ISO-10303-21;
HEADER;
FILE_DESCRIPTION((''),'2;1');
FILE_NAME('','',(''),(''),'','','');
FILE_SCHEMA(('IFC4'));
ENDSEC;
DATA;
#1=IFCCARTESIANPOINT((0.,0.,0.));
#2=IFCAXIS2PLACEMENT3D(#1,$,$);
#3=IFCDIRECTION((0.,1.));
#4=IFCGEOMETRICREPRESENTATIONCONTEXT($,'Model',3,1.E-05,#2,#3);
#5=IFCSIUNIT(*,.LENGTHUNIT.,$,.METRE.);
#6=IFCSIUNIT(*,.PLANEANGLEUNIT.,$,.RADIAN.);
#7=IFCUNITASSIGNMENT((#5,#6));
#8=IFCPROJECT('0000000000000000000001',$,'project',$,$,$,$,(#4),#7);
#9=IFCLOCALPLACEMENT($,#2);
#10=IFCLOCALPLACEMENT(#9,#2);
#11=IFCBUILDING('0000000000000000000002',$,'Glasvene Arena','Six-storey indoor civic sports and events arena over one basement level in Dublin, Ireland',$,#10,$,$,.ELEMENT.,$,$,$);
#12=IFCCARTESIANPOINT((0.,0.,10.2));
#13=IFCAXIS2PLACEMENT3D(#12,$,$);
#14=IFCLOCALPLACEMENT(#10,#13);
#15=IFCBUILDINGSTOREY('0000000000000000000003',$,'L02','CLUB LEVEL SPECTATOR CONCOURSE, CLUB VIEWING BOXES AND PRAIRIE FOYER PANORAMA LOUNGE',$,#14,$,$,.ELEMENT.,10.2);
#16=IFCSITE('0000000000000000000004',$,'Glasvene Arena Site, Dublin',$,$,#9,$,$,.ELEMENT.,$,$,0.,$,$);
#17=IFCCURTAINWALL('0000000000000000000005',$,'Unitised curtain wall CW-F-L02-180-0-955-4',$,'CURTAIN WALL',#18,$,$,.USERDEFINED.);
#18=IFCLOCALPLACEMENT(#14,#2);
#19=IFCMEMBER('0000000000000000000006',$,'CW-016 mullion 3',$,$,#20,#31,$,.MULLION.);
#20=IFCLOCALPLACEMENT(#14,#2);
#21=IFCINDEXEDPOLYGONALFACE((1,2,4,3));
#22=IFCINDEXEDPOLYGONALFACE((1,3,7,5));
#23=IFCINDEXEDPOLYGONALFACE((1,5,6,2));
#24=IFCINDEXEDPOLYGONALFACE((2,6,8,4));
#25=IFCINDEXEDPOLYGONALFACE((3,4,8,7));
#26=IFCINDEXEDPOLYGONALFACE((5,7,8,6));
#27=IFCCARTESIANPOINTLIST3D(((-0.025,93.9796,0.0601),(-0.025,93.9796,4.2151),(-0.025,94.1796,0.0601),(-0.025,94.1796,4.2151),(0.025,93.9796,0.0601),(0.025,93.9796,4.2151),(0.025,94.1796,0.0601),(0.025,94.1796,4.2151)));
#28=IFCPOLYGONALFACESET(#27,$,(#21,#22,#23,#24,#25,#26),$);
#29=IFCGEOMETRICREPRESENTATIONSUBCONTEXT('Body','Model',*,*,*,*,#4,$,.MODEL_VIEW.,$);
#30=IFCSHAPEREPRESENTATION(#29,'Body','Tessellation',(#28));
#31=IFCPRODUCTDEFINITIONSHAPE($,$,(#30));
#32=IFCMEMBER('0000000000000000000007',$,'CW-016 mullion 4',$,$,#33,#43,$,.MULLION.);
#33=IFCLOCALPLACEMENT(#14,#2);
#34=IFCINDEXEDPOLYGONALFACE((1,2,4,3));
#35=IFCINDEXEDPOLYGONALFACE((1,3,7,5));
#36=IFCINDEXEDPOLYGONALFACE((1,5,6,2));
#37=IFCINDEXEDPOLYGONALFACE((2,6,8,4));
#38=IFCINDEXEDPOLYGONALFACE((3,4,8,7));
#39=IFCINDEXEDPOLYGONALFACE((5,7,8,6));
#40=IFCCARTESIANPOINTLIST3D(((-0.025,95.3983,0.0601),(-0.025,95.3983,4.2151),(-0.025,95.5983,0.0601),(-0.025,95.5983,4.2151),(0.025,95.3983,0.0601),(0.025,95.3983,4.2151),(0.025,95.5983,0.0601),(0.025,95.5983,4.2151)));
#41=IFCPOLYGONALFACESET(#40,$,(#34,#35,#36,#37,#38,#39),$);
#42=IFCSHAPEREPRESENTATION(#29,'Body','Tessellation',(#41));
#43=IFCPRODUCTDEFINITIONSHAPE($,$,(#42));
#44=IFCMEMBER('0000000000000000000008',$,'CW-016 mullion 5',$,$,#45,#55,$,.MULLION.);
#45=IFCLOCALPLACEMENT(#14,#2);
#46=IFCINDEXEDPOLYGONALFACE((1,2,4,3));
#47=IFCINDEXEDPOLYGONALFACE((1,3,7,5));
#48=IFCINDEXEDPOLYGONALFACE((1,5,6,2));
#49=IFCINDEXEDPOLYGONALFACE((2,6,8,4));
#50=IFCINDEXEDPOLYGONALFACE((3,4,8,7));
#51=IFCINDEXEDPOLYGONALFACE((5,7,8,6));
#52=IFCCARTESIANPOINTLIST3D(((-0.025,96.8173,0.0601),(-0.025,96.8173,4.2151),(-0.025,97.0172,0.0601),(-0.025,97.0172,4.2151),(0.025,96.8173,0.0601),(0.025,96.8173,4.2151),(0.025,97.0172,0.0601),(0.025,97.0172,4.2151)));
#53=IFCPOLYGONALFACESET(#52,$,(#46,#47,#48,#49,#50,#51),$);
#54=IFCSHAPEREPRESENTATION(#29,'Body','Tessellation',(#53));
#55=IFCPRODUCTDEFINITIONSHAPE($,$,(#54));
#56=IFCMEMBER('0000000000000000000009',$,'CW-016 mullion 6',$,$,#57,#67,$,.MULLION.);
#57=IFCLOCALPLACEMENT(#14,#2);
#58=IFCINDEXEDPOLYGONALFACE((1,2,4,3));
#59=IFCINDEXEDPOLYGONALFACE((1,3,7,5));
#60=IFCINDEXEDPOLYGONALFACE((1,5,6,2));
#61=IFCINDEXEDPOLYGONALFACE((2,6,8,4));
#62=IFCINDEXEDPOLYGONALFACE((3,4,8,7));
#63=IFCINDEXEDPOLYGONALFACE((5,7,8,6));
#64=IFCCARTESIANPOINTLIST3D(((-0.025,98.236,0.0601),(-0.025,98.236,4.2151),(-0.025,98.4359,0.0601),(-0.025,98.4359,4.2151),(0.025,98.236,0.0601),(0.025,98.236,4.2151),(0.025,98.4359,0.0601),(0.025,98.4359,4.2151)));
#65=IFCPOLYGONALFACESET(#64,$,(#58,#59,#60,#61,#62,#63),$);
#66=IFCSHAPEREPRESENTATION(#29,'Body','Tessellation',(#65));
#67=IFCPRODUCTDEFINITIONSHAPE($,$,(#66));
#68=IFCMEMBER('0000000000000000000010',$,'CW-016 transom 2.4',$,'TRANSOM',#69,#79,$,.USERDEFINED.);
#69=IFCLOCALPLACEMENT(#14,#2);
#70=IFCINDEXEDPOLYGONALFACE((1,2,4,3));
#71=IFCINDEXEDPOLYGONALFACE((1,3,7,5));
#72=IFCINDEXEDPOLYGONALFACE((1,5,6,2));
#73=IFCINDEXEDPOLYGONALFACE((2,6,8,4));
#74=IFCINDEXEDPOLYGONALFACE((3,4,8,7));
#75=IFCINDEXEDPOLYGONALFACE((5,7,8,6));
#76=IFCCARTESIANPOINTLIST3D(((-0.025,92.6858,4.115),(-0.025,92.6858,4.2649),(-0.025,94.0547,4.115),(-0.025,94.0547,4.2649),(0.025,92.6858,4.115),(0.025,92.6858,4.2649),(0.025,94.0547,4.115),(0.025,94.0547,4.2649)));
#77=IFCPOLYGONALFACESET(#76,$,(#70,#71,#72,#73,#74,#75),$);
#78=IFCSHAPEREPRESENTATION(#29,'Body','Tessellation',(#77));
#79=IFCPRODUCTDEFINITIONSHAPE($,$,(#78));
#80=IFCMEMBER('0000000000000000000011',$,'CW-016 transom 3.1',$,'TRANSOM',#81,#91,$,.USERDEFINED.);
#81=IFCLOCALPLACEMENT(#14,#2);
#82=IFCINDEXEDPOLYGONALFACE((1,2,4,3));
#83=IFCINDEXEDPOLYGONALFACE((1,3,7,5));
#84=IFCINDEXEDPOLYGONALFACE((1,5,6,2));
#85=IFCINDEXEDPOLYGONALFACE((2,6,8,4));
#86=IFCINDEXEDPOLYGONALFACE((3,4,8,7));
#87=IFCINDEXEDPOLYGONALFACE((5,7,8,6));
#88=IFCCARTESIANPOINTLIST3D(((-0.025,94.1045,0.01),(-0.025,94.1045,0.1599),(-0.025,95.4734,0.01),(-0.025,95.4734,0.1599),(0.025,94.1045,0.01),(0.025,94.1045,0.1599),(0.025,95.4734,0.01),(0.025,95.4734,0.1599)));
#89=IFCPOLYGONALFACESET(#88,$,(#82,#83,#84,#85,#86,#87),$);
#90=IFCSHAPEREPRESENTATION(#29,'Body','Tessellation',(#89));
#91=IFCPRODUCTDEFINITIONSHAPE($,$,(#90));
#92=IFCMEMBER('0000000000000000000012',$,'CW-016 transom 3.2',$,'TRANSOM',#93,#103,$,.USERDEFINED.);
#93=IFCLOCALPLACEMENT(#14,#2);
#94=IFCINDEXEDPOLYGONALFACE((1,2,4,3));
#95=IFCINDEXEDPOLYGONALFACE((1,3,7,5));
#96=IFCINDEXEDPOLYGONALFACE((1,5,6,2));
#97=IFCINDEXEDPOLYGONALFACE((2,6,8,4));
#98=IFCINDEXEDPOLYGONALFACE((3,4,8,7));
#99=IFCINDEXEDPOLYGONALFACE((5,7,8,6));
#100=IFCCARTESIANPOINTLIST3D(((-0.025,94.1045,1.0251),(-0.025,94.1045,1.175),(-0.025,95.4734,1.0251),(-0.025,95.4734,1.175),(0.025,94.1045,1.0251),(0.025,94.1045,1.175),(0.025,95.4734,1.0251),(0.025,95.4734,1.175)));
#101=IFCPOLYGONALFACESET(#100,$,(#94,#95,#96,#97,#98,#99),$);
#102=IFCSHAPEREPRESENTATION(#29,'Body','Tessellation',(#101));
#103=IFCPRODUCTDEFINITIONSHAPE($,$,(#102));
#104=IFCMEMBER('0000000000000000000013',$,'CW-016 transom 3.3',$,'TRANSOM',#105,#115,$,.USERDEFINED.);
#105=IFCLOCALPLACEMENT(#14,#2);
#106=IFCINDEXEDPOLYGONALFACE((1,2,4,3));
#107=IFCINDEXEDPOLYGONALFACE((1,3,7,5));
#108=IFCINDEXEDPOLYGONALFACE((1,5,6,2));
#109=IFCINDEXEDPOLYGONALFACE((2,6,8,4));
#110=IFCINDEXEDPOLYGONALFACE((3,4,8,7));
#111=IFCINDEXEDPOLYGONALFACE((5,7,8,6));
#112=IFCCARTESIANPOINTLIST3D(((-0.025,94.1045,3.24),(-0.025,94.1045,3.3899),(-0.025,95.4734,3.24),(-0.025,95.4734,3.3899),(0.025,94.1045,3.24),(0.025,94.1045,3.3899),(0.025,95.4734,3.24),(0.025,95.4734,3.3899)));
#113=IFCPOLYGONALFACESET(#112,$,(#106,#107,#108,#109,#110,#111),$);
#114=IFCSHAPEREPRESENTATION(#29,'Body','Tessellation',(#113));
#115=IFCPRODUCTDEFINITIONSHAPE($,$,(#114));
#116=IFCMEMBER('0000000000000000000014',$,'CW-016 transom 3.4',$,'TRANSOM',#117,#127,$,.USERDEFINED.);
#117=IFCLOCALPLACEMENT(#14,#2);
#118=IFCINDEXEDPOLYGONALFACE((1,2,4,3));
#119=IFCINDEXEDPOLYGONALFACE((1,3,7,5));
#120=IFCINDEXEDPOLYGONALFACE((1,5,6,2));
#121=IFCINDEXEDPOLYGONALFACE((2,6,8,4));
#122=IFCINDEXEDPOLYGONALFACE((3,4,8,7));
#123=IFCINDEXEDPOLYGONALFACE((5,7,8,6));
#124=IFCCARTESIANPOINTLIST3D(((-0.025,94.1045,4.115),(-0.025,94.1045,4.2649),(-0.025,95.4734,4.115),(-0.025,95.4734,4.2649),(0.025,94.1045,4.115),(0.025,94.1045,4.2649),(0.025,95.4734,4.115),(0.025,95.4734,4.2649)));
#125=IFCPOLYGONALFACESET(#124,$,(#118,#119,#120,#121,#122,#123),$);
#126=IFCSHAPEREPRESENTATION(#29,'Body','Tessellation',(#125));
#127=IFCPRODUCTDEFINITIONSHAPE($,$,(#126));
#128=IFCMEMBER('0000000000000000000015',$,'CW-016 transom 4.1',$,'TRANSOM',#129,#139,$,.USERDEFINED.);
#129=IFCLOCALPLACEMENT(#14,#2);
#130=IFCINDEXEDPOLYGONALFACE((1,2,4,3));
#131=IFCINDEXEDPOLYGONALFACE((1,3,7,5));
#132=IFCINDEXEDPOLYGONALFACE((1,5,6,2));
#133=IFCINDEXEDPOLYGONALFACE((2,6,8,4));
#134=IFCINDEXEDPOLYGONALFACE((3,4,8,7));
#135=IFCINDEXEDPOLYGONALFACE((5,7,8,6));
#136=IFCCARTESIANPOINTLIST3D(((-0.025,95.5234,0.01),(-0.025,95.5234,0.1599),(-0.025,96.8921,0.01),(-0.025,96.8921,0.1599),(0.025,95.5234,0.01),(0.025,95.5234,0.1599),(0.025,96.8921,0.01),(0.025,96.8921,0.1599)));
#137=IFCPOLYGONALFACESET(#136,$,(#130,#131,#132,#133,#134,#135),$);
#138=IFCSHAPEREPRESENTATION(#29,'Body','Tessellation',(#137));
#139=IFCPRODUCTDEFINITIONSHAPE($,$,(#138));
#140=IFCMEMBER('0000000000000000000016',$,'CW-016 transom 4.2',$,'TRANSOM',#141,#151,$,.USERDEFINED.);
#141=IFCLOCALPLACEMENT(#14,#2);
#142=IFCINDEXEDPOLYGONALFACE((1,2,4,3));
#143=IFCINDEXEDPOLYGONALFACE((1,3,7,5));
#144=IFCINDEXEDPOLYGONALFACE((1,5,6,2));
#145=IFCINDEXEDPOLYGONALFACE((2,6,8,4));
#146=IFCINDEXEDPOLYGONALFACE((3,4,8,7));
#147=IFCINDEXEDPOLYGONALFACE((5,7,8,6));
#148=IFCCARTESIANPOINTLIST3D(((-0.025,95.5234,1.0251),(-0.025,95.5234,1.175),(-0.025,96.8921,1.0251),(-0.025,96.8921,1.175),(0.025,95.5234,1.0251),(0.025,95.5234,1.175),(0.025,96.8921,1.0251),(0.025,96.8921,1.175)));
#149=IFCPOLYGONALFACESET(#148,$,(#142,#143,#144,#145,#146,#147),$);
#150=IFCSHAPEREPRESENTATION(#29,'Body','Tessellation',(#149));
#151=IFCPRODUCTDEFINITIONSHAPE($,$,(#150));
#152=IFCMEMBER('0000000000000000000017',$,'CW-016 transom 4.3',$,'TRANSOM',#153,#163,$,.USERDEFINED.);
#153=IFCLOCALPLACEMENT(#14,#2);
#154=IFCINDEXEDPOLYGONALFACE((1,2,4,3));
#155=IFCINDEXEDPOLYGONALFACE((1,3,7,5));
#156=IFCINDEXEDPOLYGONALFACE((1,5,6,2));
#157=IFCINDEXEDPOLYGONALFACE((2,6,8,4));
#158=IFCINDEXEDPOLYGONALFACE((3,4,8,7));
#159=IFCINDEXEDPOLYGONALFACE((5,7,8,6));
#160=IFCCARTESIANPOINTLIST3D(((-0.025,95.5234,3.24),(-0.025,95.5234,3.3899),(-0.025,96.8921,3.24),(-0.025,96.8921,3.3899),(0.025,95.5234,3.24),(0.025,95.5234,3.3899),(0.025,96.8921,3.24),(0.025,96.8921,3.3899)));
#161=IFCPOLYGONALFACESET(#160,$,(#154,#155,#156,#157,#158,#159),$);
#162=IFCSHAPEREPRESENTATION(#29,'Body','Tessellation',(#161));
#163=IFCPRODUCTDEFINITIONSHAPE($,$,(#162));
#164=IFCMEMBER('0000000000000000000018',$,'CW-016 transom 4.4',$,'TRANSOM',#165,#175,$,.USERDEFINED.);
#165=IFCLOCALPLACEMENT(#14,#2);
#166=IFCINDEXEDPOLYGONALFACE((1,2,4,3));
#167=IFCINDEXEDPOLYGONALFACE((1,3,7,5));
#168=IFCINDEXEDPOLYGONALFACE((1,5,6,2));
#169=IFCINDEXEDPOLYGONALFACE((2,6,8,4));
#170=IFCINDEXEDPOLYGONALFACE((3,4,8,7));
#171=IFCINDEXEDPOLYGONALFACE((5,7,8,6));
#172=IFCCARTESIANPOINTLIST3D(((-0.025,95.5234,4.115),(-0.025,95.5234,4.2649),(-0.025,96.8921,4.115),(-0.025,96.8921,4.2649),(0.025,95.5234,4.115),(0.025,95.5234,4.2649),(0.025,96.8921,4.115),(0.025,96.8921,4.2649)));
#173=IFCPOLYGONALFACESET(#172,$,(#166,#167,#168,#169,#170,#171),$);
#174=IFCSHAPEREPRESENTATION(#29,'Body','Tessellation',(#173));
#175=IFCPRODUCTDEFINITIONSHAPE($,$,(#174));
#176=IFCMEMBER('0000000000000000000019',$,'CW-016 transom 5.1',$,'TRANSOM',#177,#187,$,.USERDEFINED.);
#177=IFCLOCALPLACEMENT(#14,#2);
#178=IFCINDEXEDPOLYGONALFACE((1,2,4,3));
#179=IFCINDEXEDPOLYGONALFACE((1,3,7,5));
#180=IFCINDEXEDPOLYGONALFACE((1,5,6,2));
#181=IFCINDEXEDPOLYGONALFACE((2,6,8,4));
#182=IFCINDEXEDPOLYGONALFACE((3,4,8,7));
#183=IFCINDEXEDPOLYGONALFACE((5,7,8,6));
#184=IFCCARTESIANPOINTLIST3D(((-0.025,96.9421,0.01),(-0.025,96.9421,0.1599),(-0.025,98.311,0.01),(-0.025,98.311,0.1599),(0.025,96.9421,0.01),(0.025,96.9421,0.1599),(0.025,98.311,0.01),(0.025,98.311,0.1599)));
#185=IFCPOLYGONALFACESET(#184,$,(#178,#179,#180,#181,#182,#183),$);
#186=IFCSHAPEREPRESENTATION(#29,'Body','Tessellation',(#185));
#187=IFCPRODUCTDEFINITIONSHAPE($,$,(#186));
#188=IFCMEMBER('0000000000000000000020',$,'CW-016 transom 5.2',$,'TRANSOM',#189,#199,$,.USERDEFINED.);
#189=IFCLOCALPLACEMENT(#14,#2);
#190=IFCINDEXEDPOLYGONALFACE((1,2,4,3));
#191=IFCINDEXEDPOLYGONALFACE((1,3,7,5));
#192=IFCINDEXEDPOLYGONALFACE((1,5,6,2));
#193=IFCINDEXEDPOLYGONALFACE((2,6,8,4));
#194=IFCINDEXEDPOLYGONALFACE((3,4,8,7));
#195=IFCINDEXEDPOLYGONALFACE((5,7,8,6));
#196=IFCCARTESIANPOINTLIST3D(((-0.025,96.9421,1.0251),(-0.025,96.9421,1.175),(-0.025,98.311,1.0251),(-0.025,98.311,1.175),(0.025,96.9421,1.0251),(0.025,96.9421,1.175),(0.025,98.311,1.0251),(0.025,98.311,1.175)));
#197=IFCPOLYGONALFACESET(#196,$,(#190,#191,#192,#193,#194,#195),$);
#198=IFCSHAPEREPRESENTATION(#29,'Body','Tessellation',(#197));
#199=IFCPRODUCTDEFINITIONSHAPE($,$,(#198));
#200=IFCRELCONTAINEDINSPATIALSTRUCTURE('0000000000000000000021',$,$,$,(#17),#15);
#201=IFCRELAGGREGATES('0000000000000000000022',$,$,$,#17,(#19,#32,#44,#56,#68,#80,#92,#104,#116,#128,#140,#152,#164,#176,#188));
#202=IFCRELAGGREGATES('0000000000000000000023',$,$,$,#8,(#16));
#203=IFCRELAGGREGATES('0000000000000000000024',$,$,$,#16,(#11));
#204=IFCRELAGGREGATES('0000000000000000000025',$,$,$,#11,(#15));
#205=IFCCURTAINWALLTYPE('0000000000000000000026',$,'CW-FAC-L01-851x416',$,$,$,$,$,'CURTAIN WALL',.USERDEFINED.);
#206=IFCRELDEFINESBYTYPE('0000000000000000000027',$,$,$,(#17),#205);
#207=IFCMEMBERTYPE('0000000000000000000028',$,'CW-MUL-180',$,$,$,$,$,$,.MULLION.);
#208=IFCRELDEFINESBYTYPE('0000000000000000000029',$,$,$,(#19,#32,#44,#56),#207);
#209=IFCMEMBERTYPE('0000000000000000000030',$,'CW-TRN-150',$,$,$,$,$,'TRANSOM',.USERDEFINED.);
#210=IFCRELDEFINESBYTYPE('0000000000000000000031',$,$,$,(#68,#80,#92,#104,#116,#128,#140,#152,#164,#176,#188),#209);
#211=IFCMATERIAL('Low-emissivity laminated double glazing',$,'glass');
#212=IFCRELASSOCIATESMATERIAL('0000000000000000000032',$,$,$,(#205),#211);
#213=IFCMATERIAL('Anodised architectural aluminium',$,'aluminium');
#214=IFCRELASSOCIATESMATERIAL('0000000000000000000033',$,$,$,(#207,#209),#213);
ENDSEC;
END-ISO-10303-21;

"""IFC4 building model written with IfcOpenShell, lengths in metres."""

from ifc_helpers import new_model, si_unit, direction, frame, origin, origin_2d, place, context, subcontext, project, spatial, rectangle, extrude, material, material_profile, profile_set, type_object, element, aggregate, save


model = new_model("IFC4")

# Units and contexts
model_context = context("Model", 3, precision=1e-05, world=origin(), true_north=direction((0.0, 1.0)))
body_context = subcontext(model_context, "Body", "Model", "MODEL_VIEW")
ifc_project = project(units=[si_unit("LENGTHUNIT", "METRE"), si_unit("PLANEANGLEUNIT", "RADIAN")], contexts=[model_context])

# Site, building, storey
site_placement = place(None, origin())
site = spatial("IfcSite", under=ifc_project, at=site_placement, Name="Glasvene Arena Site, Dublin", CompositionType="ELEMENT", RefElevation=0.0)
building_placement = place(site_placement, origin())
building = spatial("IfcBuilding", under=site, at=building_placement, Name="Glasvene Arena", Description="Six-storey indoor civic sports and events arena over one basement level in Dublin, Ireland", CompositionType="ELEMENT")
storey_placement = place(building_placement, frame((0.0, 0.0, 10.2)))
storey = spatial("IfcBuildingStorey", under=building, at=storey_placement, Name="L02", Description="CLUB LEVEL SPECTATOR CONCOURSE, CLUB VIEWING BOXES AND PRAIRIE FOYER PANORAMA LOUNGE", CompositionType="ELEMENT", Elevation=10.2)

# Curtain wall, members
ifc_material_1 = material(Name="Low-emissivity laminated double glazing", Category="glass")
curtain_wall_type = type_object("IfcCurtainWallType", Name="CW-FAC-L01-851x416", ElementType="CURTAIN WALL", PredefinedType="USERDEFINED", material=ifc_material_1)
curtain_wall_placement = place(storey_placement, frame((0.0, 91.2419, 0.0)))
curtain_wall = element("IfcCurtainWall", 1, at=curtain_wall_placement, inside=storey, type_object=curtain_wall_type, Name="Unitised curtain wall CW-F-L02-180-0-955-4", ObjectType="CURTAIN WALL", PredefinedType="USERDEFINED")
ifc_material_2 = material(Name="Anodised architectural aluminium", Category="aluminium")
ifc_material_profile_1 = material_profile(ifc_material_2, rectangle(XDim=0.05, YDim=0.2, at=origin_2d()), Name="ALU MULLION 50x200")
ifc_profile_set_1 = profile_set([ifc_material_profile_1], Name="Anodised architectural aluminium")
member_type_1 = type_object("IfcMemberType", Name="CW-MUL-180", PredefinedType="MULLION", material=ifc_profile_set_1)
member_1_placement = place(storey_placement, frame((0.0, 94.0796, 0.0601), z_axis=(0.0, 0.0, 1.0), x_axis=(-1.0, 0.0, 0.0)))
member_1 = element("IfcMember", 2, at=member_1_placement, type_object=member_type_1, Name="CW-016 mullion 3", PredefinedType="MULLION", context=body_context, shape_type="SweptSolid", body=[
    extrude(rectangle(XDim=0.05, YDim=0.2, at=origin_2d()), origin(), (0.0, 0.0, 1.0), 4.155),
])
member_2_placement = place(storey_placement, frame((0.0, 95.4983, 0.0601), z_axis=(0.0, 0.0, 1.0), x_axis=(-1.0, 0.0, 0.0)))
member_2 = element("IfcMember", 3, at=member_2_placement, type_object=member_type_1, Name="CW-016 mullion 4", PredefinedType="MULLION", context=body_context, shape_type="SweptSolid", body=[
    extrude(rectangle(XDim=0.05, YDim=0.2, at=origin_2d()), origin(), (0.0, 0.0, 1.0), 4.155),
])
member_3_placement = place(storey_placement, frame((0.0, 96.9172, 0.0601), z_axis=(0.0, 0.0, 1.0), x_axis=(-1.0, 0.0, 0.0)))
member_3 = element("IfcMember", 4, at=member_3_placement, type_object=member_type_1, Name="CW-016 mullion 5", PredefinedType="MULLION", context=body_context, shape_type="SweptSolid", body=[
    extrude(rectangle(XDim=0.05, YDim=0.2, at=origin_2d()), origin(), (0.0, 0.0, 1.0), 4.155),
])
member_4_placement = place(storey_placement, frame((0.0, 98.3359, 0.0601), z_axis=(0.0, 0.0, 1.0), x_axis=(-1.0, 0.0, 0.0)))
member_4 = element("IfcMember", 5, at=member_4_placement, type_object=member_type_1, Name="CW-016 mullion 6", PredefinedType="MULLION", context=body_context, shape_type="SweptSolid", body=[
    extrude(rectangle(XDim=0.05, YDim=0.2, at=origin_2d()), origin(), (0.0, 0.0, 1.0), 4.155),
])
ifc_material_profile_2 = material_profile(ifc_material_2, rectangle(XDim=0.05, YDim=0.1499, at=origin_2d()), Name="ALU TRANSOM 50x150")
ifc_profile_set_2 = profile_set([ifc_material_profile_2], Name="Anodised architectural aluminium")
member_type_2 = type_object("IfcMemberType", Name="CW-TRN-150", ElementType="TRANSOM", PredefinedType="USERDEFINED", material=ifc_profile_set_2)
member_5_placement = place(storey_placement, frame((0.0, 92.6858, 4.1899), z_axis=(0.0, 1.0, 0.0), x_axis=(-1.0, 0.0, 0.0)))
member_5 = element("IfcMember", 6, at=member_5_placement, type_object=member_type_2, Name="CW-016 transom 2.4", ObjectType="TRANSOM", PredefinedType="USERDEFINED", context=body_context, shape_type="SweptSolid", body=[
    extrude(rectangle(XDim=0.05, YDim=0.1499, at=origin_2d()), origin(), (0.0, 0.0, 1.0), 1.3689),
])
member_6_placement = place(storey_placement, frame((0.0, 94.1045, 0.085), z_axis=(0.0, 1.0, 0.0), x_axis=(-1.0, 0.0, 0.0)))
member_6 = element("IfcMember", 7, at=member_6_placement, type_object=member_type_2, Name="CW-016 transom 3.1", ObjectType="TRANSOM", PredefinedType="USERDEFINED", context=body_context, shape_type="SweptSolid", body=[
    extrude(rectangle(XDim=0.05, YDim=0.1499, at=origin_2d()), origin(), (0.0, 0.0, 1.0), 1.3689),
])
member_7_placement = place(storey_placement, frame((0.0, 94.1045, 1.1001), z_axis=(0.0, 1.0, 0.0), x_axis=(-1.0, 0.0, 0.0)))
member_7 = element("IfcMember", 8, at=member_7_placement, type_object=member_type_2, Name="CW-016 transom 3.2", ObjectType="TRANSOM", PredefinedType="USERDEFINED", context=body_context, shape_type="SweptSolid", body=[
    extrude(rectangle(XDim=0.05, YDim=0.1499, at=origin_2d()), origin(), (0.0, 0.0, 1.0), 1.3689),
])
member_8_placement = place(storey_placement, frame((0.0, 94.1045, 3.3149), z_axis=(0.0, 1.0, 0.0), x_axis=(-1.0, 0.0, 0.0)))
member_8 = element("IfcMember", 9, at=member_8_placement, type_object=member_type_2, Name="CW-016 transom 3.3", ObjectType="TRANSOM", PredefinedType="USERDEFINED", context=body_context, shape_type="SweptSolid", body=[
    extrude(rectangle(XDim=0.05, YDim=0.1499, at=origin_2d()), origin(), (0.0, 0.0, 1.0), 1.3689),
])
member_9_placement = place(storey_placement, frame((0.0, 94.1045, 4.1899), z_axis=(0.0, 1.0, 0.0), x_axis=(-1.0, 0.0, 0.0)))
member_9 = element("IfcMember", 10, at=member_9_placement, type_object=member_type_2, Name="CW-016 transom 3.4", ObjectType="TRANSOM", PredefinedType="USERDEFINED", context=body_context, shape_type="SweptSolid", body=[
    extrude(rectangle(XDim=0.05, YDim=0.1499, at=origin_2d()), origin(), (0.0, 0.0, 1.0), 1.3689),
])
member_10_placement = place(storey_placement, frame((0.0, 95.5234, 0.085), z_axis=(0.0, 1.0, 0.0), x_axis=(-1.0, 0.0, 0.0)))
member_10 = element("IfcMember", 11, at=member_10_placement, type_object=member_type_2, Name="CW-016 transom 4.1", ObjectType="TRANSOM", PredefinedType="USERDEFINED", context=body_context, shape_type="SweptSolid", body=[
    extrude(rectangle(XDim=0.05, YDim=0.1499, at=origin_2d()), origin(), (0.0, 0.0, 1.0), 1.3687),
])
member_11_placement = place(storey_placement, frame((0.0, 95.5234, 1.1001), z_axis=(0.0, 1.0, 0.0), x_axis=(-1.0, 0.0, 0.0)))
member_11 = element("IfcMember", 12, at=member_11_placement, type_object=member_type_2, Name="CW-016 transom 4.2", ObjectType="TRANSOM", PredefinedType="USERDEFINED", context=body_context, shape_type="SweptSolid", body=[
    extrude(rectangle(XDim=0.05, YDim=0.1499, at=origin_2d()), origin(), (0.0, 0.0, 1.0), 1.3687),
])
member_12_placement = place(storey_placement, frame((0.0, 95.5234, 3.3149), z_axis=(0.0, 1.0, 0.0), x_axis=(-1.0, 0.0, 0.0)))
member_12 = element("IfcMember", 13, at=member_12_placement, type_object=member_type_2, Name="CW-016 transom 4.3", ObjectType="TRANSOM", PredefinedType="USERDEFINED", context=body_context, shape_type="SweptSolid", body=[
    extrude(rectangle(XDim=0.05, YDim=0.1499, at=origin_2d()), origin(), (0.0, 0.0, 1.0), 1.3687),
])
member_13_placement = place(storey_placement, frame((0.0, 95.5234, 4.1899), z_axis=(0.0, 1.0, 0.0), x_axis=(-1.0, 0.0, 0.0)))
member_13 = element("IfcMember", 14, at=member_13_placement, type_object=member_type_2, Name="CW-016 transom 4.4", ObjectType="TRANSOM", PredefinedType="USERDEFINED", context=body_context, shape_type="SweptSolid", body=[
    extrude(rectangle(XDim=0.05, YDim=0.1499, at=origin_2d()), origin(), (0.0, 0.0, 1.0), 1.3687),
])
member_14_placement = place(storey_placement, frame((0.0, 96.9421, 0.085), z_axis=(0.0, 1.0, 0.0), x_axis=(-1.0, 0.0, 0.0)))
member_14 = element("IfcMember", 15, at=member_14_placement, type_object=member_type_2, Name="CW-016 transom 5.1", ObjectType="TRANSOM", PredefinedType="USERDEFINED", context=body_context, shape_type="SweptSolid", body=[
    extrude(rectangle(XDim=0.05, YDim=0.1499, at=origin_2d()), origin(), (0.0, 0.0, 1.0), 1.3689),
])
member_15_placement = place(storey_placement, frame((0.0, 96.9421, 1.1001), z_axis=(0.0, 1.0, 0.0), x_axis=(-1.0, 0.0, 0.0)))
member_15 = element("IfcMember", 16, at=member_15_placement, type_object=member_type_2, Name="CW-016 transom 5.2", ObjectType="TRANSOM", PredefinedType="USERDEFINED", context=body_context, shape_type="SweptSolid", body=[
    extrude(rectangle(XDim=0.05, YDim=0.1499, at=origin_2d()), origin(), (0.0, 0.0, 1.0), 1.3689),
])
aggregate(curtain_wall, [member_1, member_2, member_3, member_4, member_5, member_6, member_7, member_8, member_9, member_10, member_11, member_12, member_13, member_14, member_15])

save(model, "model.ifc")
